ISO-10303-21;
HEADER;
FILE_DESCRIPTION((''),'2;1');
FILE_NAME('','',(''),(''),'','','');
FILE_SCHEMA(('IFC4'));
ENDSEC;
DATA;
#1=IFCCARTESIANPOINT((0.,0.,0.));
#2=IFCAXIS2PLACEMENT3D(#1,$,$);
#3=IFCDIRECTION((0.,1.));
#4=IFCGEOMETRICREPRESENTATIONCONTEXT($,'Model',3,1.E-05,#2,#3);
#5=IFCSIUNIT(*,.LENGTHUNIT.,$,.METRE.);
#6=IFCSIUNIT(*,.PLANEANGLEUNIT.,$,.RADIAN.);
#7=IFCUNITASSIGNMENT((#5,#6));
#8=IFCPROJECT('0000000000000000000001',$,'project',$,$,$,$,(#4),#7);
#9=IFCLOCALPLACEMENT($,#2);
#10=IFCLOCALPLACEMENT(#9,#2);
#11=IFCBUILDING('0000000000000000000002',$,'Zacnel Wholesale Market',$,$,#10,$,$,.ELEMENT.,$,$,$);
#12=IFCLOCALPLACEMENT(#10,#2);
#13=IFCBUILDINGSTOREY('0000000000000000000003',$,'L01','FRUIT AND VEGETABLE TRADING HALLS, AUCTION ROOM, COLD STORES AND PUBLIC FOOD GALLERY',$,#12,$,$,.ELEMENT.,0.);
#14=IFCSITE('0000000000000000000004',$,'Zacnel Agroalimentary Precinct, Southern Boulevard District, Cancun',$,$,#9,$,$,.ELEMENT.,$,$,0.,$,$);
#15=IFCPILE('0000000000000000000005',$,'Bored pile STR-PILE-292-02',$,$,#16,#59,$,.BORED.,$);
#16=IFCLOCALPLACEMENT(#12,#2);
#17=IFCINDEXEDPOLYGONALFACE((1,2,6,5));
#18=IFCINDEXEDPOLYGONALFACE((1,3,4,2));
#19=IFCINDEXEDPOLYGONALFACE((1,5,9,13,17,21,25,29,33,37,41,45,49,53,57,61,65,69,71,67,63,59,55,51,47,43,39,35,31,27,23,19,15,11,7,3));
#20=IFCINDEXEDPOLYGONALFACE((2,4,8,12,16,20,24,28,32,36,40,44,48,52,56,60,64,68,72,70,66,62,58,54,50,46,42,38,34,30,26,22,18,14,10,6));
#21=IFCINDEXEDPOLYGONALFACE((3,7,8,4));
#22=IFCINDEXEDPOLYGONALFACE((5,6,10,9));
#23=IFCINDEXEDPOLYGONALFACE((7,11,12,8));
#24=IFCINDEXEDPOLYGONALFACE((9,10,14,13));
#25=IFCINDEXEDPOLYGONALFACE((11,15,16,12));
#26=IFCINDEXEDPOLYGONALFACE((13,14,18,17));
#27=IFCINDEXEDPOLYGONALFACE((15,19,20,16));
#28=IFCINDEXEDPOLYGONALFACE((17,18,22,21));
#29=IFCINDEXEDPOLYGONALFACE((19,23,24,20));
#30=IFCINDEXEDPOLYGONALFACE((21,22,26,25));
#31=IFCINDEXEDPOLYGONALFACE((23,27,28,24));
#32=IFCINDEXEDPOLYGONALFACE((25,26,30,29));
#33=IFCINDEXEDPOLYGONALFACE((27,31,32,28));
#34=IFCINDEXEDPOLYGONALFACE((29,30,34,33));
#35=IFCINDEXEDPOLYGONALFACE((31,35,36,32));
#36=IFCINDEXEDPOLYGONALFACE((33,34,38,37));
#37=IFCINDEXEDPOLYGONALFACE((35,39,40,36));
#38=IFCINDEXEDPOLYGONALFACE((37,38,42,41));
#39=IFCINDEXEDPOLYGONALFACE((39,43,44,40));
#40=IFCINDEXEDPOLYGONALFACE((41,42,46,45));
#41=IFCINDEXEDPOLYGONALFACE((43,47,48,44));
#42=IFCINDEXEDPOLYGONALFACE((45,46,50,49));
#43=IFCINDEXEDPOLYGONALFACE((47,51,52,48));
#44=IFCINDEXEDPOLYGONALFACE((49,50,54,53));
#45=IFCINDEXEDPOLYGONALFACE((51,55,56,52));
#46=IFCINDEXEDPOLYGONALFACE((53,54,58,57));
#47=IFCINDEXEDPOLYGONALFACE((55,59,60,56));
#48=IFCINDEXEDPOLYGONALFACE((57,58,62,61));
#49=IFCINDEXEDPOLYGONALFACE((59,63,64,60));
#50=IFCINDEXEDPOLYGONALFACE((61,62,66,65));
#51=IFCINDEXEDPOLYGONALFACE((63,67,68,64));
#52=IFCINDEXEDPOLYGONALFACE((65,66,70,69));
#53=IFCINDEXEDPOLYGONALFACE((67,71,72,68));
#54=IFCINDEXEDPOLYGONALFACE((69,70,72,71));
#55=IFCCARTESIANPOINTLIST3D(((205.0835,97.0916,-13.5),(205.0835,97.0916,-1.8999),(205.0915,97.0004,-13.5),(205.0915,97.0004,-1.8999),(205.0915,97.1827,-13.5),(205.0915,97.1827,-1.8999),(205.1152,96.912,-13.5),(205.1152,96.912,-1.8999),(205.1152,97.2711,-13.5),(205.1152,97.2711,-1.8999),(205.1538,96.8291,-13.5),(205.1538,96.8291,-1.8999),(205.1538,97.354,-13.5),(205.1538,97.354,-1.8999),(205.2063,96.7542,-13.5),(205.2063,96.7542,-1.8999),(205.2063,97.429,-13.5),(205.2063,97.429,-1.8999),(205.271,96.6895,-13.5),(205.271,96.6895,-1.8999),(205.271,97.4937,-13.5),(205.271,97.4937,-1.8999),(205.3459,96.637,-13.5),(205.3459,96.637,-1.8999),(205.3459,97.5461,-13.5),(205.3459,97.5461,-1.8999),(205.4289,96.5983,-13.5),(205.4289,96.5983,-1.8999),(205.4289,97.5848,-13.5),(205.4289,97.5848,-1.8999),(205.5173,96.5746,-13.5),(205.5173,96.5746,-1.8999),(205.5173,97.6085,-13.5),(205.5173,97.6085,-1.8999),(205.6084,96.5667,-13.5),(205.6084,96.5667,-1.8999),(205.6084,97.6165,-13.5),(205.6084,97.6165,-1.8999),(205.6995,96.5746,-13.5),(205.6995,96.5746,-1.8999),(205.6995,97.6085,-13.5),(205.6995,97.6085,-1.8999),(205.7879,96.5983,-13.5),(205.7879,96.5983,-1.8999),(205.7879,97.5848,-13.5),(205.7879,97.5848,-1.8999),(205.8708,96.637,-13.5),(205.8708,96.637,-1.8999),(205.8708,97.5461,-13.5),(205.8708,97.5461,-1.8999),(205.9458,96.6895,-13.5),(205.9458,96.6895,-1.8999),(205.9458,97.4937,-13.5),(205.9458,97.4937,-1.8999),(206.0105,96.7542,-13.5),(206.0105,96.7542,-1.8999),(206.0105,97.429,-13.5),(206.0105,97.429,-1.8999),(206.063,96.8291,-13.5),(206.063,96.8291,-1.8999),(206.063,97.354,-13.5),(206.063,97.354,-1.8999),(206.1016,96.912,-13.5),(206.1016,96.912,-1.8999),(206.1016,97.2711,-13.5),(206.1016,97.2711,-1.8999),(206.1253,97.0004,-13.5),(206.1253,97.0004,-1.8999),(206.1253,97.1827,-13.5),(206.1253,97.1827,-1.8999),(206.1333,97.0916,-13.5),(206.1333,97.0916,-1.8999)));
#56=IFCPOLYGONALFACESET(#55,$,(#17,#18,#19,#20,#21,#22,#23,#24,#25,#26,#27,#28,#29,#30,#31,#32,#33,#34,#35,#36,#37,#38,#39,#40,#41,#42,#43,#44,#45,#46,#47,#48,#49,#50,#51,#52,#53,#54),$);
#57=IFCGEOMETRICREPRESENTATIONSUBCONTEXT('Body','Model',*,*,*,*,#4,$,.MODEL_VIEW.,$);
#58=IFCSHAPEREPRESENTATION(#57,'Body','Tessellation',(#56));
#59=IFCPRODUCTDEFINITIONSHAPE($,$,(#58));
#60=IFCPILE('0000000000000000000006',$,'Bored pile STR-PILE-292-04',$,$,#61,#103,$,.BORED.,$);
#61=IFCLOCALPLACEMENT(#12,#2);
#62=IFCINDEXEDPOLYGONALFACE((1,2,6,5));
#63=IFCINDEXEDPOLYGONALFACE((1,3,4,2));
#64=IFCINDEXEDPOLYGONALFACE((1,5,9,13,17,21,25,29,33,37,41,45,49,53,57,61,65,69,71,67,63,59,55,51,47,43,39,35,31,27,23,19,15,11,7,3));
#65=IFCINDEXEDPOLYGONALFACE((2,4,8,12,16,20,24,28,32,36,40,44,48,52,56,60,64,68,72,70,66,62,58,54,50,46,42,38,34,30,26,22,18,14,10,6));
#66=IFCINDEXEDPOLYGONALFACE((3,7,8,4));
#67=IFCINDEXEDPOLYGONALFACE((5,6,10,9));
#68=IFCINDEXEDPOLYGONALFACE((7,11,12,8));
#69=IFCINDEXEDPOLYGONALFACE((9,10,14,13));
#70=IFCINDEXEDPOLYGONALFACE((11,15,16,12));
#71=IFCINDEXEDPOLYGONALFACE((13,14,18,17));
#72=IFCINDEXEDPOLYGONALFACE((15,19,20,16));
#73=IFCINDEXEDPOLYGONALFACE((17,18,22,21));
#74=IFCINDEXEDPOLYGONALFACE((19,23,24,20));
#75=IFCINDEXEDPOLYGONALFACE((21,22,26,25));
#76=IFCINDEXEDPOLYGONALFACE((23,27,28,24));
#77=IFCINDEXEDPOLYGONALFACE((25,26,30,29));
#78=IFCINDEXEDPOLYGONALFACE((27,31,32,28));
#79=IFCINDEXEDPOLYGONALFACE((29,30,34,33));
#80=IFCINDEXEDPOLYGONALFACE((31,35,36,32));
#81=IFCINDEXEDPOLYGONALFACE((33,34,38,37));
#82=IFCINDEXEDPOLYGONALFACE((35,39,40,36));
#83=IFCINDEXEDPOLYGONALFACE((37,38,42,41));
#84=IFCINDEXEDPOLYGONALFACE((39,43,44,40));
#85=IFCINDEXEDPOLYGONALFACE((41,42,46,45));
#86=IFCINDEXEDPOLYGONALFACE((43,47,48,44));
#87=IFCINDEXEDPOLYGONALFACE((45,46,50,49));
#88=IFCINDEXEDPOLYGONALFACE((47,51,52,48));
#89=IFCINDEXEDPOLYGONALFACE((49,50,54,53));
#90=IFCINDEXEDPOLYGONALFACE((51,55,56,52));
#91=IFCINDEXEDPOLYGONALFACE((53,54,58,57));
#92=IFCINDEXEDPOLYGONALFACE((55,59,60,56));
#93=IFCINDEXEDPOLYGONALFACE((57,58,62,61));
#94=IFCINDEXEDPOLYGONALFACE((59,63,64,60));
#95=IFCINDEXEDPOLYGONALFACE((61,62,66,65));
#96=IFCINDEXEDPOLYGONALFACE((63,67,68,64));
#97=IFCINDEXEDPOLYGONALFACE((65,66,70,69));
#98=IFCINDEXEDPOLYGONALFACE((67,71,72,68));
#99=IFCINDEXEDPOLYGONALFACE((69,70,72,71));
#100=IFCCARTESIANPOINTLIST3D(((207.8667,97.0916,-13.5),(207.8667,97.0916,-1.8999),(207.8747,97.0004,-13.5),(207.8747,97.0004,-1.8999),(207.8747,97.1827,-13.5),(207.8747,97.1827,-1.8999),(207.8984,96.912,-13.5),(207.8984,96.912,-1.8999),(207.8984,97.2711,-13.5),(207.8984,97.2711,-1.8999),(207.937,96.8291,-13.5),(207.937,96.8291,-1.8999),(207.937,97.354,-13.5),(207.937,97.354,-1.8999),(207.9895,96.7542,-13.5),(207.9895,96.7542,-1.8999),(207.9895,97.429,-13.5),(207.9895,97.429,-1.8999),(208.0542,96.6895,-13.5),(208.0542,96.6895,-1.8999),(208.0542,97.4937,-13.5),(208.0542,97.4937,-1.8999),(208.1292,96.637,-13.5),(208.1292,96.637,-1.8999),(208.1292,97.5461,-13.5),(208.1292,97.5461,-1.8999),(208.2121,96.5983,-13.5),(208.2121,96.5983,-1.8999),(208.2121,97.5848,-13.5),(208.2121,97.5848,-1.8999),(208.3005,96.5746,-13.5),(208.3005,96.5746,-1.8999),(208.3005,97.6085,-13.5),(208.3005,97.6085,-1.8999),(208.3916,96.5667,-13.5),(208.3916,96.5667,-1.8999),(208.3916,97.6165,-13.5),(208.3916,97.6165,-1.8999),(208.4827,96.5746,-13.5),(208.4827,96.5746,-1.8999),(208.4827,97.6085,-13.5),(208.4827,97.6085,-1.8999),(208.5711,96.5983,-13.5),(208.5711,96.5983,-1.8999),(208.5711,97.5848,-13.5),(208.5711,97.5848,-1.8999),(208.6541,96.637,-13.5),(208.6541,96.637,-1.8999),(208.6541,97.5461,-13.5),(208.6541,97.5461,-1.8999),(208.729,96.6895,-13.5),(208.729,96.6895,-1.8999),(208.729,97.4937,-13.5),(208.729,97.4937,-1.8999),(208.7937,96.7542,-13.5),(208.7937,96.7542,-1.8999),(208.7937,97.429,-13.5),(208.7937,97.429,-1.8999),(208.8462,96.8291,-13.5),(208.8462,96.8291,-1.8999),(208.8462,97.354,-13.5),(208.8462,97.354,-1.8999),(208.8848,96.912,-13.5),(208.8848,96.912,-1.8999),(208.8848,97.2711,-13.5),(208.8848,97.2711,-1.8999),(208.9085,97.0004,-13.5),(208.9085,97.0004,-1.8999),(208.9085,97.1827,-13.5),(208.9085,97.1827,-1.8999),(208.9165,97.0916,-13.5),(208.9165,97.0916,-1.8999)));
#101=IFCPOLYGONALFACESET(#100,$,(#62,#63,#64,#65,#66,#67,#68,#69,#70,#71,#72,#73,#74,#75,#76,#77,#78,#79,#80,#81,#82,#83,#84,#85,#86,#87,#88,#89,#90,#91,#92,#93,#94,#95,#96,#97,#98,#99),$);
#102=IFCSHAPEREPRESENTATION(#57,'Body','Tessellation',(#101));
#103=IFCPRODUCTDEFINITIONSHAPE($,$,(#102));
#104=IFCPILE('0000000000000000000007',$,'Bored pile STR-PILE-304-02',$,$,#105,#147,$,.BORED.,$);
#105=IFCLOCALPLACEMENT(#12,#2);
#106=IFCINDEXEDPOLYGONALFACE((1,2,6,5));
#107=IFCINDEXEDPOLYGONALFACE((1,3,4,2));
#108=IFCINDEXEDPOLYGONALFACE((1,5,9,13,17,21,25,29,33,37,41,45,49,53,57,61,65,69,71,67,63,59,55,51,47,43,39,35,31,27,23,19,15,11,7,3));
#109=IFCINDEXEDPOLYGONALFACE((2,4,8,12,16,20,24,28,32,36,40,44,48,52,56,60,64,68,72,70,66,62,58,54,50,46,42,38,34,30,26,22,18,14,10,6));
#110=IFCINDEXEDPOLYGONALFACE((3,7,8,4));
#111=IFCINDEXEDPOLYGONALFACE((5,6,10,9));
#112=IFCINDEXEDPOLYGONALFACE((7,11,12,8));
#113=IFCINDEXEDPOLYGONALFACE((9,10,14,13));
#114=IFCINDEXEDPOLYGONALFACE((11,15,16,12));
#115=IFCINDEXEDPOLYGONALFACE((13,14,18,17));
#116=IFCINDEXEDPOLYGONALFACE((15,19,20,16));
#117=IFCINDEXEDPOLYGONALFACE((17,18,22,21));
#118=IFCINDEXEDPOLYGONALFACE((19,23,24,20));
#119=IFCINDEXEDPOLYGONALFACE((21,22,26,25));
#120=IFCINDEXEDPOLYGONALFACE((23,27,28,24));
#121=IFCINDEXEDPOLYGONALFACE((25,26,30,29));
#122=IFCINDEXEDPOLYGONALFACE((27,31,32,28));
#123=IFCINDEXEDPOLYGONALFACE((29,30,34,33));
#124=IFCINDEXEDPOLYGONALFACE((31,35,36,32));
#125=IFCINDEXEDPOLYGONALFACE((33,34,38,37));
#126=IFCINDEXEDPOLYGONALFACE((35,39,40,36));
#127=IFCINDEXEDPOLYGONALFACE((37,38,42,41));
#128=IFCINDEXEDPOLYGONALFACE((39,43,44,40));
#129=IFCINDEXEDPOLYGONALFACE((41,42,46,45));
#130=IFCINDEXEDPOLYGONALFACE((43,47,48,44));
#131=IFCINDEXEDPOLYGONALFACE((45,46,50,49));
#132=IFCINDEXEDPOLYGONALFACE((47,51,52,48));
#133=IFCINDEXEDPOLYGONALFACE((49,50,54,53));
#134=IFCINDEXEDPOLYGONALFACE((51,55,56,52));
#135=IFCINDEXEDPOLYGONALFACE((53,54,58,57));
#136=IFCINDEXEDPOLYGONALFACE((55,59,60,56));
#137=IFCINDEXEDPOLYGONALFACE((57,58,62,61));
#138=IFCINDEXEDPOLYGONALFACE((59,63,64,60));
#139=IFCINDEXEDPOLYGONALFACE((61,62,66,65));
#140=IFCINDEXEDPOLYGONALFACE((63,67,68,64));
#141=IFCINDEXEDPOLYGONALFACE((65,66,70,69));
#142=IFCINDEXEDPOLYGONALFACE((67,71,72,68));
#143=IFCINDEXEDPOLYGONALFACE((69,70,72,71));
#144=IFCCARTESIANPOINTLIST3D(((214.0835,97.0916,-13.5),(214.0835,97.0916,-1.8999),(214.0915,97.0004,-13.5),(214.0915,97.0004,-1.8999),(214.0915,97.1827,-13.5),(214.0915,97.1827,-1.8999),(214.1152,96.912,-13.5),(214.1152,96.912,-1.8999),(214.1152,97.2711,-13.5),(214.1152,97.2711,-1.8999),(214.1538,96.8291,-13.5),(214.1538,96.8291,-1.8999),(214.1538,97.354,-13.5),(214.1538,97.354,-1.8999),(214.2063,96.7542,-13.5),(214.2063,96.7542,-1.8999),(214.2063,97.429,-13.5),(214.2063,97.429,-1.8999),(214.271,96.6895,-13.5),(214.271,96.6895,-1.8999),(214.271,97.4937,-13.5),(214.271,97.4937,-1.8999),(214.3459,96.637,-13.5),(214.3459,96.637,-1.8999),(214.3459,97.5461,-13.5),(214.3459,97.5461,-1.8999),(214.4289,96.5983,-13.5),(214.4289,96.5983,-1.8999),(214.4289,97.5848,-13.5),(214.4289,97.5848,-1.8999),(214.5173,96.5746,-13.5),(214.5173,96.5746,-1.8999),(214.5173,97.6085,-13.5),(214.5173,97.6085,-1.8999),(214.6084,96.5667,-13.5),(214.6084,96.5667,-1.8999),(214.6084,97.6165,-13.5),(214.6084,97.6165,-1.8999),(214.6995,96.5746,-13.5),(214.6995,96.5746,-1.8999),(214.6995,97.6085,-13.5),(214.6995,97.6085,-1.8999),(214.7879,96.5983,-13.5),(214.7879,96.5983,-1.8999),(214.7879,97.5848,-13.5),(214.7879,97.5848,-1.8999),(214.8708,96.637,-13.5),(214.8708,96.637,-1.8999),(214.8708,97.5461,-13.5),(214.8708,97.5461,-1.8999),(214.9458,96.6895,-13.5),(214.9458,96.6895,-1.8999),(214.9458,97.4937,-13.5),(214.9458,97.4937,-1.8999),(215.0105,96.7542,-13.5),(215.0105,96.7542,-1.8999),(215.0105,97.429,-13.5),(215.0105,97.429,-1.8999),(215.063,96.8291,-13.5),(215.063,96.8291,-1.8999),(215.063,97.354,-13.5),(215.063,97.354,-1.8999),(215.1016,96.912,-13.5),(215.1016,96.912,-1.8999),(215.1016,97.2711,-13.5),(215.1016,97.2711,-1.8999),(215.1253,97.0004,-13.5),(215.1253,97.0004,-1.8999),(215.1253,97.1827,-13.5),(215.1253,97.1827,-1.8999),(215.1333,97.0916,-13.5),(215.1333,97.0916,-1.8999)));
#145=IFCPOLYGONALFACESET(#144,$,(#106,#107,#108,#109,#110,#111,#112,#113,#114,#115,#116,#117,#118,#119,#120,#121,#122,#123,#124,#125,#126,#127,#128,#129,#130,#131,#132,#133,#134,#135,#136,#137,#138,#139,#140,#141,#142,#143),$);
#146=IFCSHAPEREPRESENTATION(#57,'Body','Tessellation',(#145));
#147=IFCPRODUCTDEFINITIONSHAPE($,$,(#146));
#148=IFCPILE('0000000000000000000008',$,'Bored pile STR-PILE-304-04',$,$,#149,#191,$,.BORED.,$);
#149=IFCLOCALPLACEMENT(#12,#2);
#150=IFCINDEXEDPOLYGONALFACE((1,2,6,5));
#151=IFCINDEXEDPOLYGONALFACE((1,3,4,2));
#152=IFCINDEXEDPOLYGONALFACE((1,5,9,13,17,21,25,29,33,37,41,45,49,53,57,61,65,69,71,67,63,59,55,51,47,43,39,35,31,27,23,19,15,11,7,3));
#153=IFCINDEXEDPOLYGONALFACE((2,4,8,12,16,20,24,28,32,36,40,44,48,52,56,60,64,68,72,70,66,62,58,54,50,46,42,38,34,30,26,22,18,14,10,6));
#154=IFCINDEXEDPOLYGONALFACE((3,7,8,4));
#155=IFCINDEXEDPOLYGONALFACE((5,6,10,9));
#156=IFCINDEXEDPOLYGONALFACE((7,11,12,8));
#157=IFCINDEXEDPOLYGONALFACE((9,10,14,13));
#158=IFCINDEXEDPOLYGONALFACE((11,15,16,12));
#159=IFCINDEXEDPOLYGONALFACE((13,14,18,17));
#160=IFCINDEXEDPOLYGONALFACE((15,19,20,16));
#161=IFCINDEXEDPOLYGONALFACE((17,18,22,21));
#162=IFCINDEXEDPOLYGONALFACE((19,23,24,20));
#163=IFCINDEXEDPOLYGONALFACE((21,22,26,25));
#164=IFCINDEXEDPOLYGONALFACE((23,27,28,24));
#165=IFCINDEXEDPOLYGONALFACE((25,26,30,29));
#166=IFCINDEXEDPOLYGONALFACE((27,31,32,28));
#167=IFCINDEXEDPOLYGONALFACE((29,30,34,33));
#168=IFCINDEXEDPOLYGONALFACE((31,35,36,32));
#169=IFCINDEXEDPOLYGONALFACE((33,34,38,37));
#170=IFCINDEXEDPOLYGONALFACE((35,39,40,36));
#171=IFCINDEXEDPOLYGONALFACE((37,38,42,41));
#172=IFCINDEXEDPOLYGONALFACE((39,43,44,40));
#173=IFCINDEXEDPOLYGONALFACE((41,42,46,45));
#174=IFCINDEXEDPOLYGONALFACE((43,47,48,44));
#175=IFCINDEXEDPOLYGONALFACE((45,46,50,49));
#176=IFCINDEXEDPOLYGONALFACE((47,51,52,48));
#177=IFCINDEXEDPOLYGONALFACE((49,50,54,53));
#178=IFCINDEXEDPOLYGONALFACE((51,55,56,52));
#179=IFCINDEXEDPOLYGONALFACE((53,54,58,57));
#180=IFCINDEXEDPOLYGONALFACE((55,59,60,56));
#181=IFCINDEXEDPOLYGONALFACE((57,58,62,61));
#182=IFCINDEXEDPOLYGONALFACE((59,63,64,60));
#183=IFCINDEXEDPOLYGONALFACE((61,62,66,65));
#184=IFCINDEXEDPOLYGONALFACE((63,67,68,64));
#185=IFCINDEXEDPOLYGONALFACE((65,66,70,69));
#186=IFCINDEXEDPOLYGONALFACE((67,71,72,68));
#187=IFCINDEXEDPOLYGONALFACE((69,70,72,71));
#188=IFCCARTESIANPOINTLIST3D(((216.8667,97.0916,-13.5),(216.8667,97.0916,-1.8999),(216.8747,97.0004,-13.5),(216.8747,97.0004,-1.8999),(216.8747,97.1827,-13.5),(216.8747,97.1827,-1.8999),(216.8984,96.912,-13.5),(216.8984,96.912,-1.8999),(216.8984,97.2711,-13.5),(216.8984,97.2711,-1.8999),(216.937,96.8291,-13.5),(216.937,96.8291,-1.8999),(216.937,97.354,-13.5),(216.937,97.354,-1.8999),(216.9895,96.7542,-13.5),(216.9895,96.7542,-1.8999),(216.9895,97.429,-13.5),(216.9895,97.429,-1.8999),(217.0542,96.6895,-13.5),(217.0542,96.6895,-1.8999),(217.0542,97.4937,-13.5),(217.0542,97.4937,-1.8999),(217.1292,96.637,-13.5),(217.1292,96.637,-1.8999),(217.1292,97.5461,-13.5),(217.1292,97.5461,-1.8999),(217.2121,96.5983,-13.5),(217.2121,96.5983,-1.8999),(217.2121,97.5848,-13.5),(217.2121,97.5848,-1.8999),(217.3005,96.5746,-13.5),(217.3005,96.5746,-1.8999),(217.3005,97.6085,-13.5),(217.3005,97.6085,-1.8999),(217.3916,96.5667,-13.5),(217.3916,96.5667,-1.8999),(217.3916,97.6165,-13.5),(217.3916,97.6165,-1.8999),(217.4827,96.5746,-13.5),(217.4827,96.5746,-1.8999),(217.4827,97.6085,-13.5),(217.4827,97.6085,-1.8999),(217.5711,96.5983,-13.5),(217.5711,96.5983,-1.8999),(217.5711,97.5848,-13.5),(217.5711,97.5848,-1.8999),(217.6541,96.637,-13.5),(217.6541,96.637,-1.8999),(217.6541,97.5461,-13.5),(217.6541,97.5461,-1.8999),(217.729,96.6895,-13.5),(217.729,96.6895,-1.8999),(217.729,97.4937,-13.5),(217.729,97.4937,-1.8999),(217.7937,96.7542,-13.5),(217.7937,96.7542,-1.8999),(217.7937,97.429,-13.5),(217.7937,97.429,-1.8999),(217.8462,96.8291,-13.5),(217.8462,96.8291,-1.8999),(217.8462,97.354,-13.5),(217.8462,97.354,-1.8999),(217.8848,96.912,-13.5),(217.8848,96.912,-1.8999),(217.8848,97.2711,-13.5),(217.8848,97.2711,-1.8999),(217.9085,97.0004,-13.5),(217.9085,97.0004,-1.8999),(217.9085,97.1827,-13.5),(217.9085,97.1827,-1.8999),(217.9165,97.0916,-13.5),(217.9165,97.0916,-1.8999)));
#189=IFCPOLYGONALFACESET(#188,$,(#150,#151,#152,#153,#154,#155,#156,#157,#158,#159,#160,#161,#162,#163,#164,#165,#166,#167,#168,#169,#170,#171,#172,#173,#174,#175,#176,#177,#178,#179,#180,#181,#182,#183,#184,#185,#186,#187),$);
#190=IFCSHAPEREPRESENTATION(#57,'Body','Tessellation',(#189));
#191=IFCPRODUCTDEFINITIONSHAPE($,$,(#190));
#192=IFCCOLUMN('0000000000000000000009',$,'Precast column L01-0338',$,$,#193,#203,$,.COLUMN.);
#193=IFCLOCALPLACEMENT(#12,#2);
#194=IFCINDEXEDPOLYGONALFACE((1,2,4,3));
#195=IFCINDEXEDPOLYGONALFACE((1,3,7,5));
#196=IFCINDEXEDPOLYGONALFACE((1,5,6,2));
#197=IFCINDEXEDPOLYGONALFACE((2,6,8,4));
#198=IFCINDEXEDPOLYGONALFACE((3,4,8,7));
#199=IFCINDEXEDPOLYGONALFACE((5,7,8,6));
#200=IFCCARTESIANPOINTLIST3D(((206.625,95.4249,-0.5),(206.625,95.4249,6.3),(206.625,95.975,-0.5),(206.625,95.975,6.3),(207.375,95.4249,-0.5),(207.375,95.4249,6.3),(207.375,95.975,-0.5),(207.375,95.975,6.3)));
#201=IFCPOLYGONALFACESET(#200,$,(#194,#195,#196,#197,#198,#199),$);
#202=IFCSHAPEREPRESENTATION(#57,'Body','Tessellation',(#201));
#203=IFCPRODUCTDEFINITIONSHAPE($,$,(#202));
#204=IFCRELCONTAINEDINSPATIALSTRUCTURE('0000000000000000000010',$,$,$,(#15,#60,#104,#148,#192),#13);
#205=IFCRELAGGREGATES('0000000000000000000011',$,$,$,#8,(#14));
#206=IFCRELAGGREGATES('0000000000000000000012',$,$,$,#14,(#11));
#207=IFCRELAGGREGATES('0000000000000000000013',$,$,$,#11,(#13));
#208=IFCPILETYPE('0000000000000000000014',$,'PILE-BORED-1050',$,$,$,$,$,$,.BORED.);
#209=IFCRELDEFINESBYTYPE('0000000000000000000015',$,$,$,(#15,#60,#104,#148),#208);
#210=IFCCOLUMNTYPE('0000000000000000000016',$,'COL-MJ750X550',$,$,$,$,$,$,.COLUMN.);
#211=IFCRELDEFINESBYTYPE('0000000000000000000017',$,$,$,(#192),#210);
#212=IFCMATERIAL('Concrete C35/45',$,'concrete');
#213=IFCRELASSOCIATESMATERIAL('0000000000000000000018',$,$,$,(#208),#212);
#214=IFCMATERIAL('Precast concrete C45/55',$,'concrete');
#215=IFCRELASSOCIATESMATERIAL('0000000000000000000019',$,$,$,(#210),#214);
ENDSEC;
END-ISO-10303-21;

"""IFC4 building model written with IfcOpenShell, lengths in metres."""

from ifc_helpers import new_model, si_unit, direction, frame, origin, origin_2d, place, context, subcontext, project, spatial, rectangle, circle, extrude, material, material_profile, profile_set, type_object, element, save


model = new_model("IFC4")

# Units and contexts
model_context = context("Model", 3, precision=1e-05, world=origin(), true_north=direction((0.0, 1.0)))
body_context = subcontext(model_context, "Body", "Model", "MODEL_VIEW")
ifc_project = project(units=[si_unit("LENGTHUNIT", "METRE"), si_unit("PLANEANGLEUNIT", "RADIAN")], contexts=[model_context])

# Site, building, storey
site_placement = place(None, origin())
site = spatial("IfcSite", under=ifc_project, at=site_placement, Name="Zacnel Agroalimentary Precinct, Southern Boulevard District, Cancun", CompositionType="ELEMENT", RefElevation=0.0)
building_placement = place(site_placement, origin())
building = spatial("IfcBuilding", under=site, at=building_placement, Name="Zacnel Wholesale Market", CompositionType="ELEMENT")
storey_placement = place(building_placement, origin())
storey = spatial("IfcBuildingStorey", under=building, at=storey_placement, Name="L01", Description="FRUIT AND VEGETABLE TRADING HALLS, AUCTION ROOM, COLD STORES AND PUBLIC FOOD GALLERY", CompositionType="ELEMENT", Elevation=0.0)

# Piles
ifc_material_1 = material(Name="Concrete C35/45", Category="concrete")
ifc_material_profile_1 = material_profile(ifc_material_1, circle(Radius=0.5249, at=origin_2d()), Name="BORED PILE D1050")
ifc_profile_set_1 = profile_set([ifc_material_profile_1], Name="Concrete C35/45")
pile_type = type_object("IfcPileType", Name="PILE-BORED-1050", PredefinedType="BORED", material=ifc_profile_set_1)
for number, where, z_axis, x_axis, name in (
    (1, (205.6084, 97.0916, -1.8999), (0.0, 0.0, -1.0), (1.0, 0.0, 0.0), "Bored pile STR-PILE-292-02"),
    (2, (208.3916, 97.0916, -1.8999), (0.0, 0.0, -1.0), (1.0, 0.0, 0.0), "Bored pile STR-PILE-292-04"),
    (3, (214.6084, 97.0916, -1.8999), (0.0, 0.0, -1.0), (1.0, 0.0, 0.0), "Bored pile STR-PILE-304-02"),
    (4, (217.3916, 97.0916, -1.8999), (0.0, 0.0, -1.0), (1.0, 0.0, 0.0), "Bored pile STR-PILE-304-04"),
):
    element("IfcPile", number, at=place(storey_placement, frame(where, z_axis=z_axis, x_axis=x_axis)), inside=storey, type_object=pile_type, Name=name, PredefinedType="BORED", context=body_context, shape_type="SweptSolid", body=[
        extrude(circle(Radius=0.5249, at=origin_2d()), origin(), (0.0, 0.0, 1.0), 11.6001),
    ])

# Column
ifc_material_2 = material(Name="Precast concrete C45/55", Category="concrete")
ifc_material_profile_2 = material_profile(ifc_material_2, rectangle(XDim=0.75, YDim=0.55, at=origin_2d()), Name="PC 750x550")
ifc_profile_set_2 = profile_set([ifc_material_profile_2], Name="Precast concrete C45/55")
column_type = type_object("IfcColumnType", Name="COL-MJ750X550", PredefinedType="COLUMN", material=ifc_profile_set_2)
for number, where, z_axis, x_axis, name in (
    (5, (207.0, 95.7, -0.5), (0.0, 0.0, 1.0), (1.0, 0.0, 0.0), "Precast column L01-0338"),
):
    element("IfcColumn", number, at=place(storey_placement, frame(where, z_axis=z_axis, x_axis=x_axis)), inside=storey, type_object=column_type, Name=name, PredefinedType="COLUMN", context=body_context, shape_type="SweptSolid", body=[
        extrude(rectangle(XDim=0.75, YDim=0.55, at=origin_2d()), origin(), (0.0, 0.0, 1.0), 6.8),
    ])

save(model, "model.ifc")
